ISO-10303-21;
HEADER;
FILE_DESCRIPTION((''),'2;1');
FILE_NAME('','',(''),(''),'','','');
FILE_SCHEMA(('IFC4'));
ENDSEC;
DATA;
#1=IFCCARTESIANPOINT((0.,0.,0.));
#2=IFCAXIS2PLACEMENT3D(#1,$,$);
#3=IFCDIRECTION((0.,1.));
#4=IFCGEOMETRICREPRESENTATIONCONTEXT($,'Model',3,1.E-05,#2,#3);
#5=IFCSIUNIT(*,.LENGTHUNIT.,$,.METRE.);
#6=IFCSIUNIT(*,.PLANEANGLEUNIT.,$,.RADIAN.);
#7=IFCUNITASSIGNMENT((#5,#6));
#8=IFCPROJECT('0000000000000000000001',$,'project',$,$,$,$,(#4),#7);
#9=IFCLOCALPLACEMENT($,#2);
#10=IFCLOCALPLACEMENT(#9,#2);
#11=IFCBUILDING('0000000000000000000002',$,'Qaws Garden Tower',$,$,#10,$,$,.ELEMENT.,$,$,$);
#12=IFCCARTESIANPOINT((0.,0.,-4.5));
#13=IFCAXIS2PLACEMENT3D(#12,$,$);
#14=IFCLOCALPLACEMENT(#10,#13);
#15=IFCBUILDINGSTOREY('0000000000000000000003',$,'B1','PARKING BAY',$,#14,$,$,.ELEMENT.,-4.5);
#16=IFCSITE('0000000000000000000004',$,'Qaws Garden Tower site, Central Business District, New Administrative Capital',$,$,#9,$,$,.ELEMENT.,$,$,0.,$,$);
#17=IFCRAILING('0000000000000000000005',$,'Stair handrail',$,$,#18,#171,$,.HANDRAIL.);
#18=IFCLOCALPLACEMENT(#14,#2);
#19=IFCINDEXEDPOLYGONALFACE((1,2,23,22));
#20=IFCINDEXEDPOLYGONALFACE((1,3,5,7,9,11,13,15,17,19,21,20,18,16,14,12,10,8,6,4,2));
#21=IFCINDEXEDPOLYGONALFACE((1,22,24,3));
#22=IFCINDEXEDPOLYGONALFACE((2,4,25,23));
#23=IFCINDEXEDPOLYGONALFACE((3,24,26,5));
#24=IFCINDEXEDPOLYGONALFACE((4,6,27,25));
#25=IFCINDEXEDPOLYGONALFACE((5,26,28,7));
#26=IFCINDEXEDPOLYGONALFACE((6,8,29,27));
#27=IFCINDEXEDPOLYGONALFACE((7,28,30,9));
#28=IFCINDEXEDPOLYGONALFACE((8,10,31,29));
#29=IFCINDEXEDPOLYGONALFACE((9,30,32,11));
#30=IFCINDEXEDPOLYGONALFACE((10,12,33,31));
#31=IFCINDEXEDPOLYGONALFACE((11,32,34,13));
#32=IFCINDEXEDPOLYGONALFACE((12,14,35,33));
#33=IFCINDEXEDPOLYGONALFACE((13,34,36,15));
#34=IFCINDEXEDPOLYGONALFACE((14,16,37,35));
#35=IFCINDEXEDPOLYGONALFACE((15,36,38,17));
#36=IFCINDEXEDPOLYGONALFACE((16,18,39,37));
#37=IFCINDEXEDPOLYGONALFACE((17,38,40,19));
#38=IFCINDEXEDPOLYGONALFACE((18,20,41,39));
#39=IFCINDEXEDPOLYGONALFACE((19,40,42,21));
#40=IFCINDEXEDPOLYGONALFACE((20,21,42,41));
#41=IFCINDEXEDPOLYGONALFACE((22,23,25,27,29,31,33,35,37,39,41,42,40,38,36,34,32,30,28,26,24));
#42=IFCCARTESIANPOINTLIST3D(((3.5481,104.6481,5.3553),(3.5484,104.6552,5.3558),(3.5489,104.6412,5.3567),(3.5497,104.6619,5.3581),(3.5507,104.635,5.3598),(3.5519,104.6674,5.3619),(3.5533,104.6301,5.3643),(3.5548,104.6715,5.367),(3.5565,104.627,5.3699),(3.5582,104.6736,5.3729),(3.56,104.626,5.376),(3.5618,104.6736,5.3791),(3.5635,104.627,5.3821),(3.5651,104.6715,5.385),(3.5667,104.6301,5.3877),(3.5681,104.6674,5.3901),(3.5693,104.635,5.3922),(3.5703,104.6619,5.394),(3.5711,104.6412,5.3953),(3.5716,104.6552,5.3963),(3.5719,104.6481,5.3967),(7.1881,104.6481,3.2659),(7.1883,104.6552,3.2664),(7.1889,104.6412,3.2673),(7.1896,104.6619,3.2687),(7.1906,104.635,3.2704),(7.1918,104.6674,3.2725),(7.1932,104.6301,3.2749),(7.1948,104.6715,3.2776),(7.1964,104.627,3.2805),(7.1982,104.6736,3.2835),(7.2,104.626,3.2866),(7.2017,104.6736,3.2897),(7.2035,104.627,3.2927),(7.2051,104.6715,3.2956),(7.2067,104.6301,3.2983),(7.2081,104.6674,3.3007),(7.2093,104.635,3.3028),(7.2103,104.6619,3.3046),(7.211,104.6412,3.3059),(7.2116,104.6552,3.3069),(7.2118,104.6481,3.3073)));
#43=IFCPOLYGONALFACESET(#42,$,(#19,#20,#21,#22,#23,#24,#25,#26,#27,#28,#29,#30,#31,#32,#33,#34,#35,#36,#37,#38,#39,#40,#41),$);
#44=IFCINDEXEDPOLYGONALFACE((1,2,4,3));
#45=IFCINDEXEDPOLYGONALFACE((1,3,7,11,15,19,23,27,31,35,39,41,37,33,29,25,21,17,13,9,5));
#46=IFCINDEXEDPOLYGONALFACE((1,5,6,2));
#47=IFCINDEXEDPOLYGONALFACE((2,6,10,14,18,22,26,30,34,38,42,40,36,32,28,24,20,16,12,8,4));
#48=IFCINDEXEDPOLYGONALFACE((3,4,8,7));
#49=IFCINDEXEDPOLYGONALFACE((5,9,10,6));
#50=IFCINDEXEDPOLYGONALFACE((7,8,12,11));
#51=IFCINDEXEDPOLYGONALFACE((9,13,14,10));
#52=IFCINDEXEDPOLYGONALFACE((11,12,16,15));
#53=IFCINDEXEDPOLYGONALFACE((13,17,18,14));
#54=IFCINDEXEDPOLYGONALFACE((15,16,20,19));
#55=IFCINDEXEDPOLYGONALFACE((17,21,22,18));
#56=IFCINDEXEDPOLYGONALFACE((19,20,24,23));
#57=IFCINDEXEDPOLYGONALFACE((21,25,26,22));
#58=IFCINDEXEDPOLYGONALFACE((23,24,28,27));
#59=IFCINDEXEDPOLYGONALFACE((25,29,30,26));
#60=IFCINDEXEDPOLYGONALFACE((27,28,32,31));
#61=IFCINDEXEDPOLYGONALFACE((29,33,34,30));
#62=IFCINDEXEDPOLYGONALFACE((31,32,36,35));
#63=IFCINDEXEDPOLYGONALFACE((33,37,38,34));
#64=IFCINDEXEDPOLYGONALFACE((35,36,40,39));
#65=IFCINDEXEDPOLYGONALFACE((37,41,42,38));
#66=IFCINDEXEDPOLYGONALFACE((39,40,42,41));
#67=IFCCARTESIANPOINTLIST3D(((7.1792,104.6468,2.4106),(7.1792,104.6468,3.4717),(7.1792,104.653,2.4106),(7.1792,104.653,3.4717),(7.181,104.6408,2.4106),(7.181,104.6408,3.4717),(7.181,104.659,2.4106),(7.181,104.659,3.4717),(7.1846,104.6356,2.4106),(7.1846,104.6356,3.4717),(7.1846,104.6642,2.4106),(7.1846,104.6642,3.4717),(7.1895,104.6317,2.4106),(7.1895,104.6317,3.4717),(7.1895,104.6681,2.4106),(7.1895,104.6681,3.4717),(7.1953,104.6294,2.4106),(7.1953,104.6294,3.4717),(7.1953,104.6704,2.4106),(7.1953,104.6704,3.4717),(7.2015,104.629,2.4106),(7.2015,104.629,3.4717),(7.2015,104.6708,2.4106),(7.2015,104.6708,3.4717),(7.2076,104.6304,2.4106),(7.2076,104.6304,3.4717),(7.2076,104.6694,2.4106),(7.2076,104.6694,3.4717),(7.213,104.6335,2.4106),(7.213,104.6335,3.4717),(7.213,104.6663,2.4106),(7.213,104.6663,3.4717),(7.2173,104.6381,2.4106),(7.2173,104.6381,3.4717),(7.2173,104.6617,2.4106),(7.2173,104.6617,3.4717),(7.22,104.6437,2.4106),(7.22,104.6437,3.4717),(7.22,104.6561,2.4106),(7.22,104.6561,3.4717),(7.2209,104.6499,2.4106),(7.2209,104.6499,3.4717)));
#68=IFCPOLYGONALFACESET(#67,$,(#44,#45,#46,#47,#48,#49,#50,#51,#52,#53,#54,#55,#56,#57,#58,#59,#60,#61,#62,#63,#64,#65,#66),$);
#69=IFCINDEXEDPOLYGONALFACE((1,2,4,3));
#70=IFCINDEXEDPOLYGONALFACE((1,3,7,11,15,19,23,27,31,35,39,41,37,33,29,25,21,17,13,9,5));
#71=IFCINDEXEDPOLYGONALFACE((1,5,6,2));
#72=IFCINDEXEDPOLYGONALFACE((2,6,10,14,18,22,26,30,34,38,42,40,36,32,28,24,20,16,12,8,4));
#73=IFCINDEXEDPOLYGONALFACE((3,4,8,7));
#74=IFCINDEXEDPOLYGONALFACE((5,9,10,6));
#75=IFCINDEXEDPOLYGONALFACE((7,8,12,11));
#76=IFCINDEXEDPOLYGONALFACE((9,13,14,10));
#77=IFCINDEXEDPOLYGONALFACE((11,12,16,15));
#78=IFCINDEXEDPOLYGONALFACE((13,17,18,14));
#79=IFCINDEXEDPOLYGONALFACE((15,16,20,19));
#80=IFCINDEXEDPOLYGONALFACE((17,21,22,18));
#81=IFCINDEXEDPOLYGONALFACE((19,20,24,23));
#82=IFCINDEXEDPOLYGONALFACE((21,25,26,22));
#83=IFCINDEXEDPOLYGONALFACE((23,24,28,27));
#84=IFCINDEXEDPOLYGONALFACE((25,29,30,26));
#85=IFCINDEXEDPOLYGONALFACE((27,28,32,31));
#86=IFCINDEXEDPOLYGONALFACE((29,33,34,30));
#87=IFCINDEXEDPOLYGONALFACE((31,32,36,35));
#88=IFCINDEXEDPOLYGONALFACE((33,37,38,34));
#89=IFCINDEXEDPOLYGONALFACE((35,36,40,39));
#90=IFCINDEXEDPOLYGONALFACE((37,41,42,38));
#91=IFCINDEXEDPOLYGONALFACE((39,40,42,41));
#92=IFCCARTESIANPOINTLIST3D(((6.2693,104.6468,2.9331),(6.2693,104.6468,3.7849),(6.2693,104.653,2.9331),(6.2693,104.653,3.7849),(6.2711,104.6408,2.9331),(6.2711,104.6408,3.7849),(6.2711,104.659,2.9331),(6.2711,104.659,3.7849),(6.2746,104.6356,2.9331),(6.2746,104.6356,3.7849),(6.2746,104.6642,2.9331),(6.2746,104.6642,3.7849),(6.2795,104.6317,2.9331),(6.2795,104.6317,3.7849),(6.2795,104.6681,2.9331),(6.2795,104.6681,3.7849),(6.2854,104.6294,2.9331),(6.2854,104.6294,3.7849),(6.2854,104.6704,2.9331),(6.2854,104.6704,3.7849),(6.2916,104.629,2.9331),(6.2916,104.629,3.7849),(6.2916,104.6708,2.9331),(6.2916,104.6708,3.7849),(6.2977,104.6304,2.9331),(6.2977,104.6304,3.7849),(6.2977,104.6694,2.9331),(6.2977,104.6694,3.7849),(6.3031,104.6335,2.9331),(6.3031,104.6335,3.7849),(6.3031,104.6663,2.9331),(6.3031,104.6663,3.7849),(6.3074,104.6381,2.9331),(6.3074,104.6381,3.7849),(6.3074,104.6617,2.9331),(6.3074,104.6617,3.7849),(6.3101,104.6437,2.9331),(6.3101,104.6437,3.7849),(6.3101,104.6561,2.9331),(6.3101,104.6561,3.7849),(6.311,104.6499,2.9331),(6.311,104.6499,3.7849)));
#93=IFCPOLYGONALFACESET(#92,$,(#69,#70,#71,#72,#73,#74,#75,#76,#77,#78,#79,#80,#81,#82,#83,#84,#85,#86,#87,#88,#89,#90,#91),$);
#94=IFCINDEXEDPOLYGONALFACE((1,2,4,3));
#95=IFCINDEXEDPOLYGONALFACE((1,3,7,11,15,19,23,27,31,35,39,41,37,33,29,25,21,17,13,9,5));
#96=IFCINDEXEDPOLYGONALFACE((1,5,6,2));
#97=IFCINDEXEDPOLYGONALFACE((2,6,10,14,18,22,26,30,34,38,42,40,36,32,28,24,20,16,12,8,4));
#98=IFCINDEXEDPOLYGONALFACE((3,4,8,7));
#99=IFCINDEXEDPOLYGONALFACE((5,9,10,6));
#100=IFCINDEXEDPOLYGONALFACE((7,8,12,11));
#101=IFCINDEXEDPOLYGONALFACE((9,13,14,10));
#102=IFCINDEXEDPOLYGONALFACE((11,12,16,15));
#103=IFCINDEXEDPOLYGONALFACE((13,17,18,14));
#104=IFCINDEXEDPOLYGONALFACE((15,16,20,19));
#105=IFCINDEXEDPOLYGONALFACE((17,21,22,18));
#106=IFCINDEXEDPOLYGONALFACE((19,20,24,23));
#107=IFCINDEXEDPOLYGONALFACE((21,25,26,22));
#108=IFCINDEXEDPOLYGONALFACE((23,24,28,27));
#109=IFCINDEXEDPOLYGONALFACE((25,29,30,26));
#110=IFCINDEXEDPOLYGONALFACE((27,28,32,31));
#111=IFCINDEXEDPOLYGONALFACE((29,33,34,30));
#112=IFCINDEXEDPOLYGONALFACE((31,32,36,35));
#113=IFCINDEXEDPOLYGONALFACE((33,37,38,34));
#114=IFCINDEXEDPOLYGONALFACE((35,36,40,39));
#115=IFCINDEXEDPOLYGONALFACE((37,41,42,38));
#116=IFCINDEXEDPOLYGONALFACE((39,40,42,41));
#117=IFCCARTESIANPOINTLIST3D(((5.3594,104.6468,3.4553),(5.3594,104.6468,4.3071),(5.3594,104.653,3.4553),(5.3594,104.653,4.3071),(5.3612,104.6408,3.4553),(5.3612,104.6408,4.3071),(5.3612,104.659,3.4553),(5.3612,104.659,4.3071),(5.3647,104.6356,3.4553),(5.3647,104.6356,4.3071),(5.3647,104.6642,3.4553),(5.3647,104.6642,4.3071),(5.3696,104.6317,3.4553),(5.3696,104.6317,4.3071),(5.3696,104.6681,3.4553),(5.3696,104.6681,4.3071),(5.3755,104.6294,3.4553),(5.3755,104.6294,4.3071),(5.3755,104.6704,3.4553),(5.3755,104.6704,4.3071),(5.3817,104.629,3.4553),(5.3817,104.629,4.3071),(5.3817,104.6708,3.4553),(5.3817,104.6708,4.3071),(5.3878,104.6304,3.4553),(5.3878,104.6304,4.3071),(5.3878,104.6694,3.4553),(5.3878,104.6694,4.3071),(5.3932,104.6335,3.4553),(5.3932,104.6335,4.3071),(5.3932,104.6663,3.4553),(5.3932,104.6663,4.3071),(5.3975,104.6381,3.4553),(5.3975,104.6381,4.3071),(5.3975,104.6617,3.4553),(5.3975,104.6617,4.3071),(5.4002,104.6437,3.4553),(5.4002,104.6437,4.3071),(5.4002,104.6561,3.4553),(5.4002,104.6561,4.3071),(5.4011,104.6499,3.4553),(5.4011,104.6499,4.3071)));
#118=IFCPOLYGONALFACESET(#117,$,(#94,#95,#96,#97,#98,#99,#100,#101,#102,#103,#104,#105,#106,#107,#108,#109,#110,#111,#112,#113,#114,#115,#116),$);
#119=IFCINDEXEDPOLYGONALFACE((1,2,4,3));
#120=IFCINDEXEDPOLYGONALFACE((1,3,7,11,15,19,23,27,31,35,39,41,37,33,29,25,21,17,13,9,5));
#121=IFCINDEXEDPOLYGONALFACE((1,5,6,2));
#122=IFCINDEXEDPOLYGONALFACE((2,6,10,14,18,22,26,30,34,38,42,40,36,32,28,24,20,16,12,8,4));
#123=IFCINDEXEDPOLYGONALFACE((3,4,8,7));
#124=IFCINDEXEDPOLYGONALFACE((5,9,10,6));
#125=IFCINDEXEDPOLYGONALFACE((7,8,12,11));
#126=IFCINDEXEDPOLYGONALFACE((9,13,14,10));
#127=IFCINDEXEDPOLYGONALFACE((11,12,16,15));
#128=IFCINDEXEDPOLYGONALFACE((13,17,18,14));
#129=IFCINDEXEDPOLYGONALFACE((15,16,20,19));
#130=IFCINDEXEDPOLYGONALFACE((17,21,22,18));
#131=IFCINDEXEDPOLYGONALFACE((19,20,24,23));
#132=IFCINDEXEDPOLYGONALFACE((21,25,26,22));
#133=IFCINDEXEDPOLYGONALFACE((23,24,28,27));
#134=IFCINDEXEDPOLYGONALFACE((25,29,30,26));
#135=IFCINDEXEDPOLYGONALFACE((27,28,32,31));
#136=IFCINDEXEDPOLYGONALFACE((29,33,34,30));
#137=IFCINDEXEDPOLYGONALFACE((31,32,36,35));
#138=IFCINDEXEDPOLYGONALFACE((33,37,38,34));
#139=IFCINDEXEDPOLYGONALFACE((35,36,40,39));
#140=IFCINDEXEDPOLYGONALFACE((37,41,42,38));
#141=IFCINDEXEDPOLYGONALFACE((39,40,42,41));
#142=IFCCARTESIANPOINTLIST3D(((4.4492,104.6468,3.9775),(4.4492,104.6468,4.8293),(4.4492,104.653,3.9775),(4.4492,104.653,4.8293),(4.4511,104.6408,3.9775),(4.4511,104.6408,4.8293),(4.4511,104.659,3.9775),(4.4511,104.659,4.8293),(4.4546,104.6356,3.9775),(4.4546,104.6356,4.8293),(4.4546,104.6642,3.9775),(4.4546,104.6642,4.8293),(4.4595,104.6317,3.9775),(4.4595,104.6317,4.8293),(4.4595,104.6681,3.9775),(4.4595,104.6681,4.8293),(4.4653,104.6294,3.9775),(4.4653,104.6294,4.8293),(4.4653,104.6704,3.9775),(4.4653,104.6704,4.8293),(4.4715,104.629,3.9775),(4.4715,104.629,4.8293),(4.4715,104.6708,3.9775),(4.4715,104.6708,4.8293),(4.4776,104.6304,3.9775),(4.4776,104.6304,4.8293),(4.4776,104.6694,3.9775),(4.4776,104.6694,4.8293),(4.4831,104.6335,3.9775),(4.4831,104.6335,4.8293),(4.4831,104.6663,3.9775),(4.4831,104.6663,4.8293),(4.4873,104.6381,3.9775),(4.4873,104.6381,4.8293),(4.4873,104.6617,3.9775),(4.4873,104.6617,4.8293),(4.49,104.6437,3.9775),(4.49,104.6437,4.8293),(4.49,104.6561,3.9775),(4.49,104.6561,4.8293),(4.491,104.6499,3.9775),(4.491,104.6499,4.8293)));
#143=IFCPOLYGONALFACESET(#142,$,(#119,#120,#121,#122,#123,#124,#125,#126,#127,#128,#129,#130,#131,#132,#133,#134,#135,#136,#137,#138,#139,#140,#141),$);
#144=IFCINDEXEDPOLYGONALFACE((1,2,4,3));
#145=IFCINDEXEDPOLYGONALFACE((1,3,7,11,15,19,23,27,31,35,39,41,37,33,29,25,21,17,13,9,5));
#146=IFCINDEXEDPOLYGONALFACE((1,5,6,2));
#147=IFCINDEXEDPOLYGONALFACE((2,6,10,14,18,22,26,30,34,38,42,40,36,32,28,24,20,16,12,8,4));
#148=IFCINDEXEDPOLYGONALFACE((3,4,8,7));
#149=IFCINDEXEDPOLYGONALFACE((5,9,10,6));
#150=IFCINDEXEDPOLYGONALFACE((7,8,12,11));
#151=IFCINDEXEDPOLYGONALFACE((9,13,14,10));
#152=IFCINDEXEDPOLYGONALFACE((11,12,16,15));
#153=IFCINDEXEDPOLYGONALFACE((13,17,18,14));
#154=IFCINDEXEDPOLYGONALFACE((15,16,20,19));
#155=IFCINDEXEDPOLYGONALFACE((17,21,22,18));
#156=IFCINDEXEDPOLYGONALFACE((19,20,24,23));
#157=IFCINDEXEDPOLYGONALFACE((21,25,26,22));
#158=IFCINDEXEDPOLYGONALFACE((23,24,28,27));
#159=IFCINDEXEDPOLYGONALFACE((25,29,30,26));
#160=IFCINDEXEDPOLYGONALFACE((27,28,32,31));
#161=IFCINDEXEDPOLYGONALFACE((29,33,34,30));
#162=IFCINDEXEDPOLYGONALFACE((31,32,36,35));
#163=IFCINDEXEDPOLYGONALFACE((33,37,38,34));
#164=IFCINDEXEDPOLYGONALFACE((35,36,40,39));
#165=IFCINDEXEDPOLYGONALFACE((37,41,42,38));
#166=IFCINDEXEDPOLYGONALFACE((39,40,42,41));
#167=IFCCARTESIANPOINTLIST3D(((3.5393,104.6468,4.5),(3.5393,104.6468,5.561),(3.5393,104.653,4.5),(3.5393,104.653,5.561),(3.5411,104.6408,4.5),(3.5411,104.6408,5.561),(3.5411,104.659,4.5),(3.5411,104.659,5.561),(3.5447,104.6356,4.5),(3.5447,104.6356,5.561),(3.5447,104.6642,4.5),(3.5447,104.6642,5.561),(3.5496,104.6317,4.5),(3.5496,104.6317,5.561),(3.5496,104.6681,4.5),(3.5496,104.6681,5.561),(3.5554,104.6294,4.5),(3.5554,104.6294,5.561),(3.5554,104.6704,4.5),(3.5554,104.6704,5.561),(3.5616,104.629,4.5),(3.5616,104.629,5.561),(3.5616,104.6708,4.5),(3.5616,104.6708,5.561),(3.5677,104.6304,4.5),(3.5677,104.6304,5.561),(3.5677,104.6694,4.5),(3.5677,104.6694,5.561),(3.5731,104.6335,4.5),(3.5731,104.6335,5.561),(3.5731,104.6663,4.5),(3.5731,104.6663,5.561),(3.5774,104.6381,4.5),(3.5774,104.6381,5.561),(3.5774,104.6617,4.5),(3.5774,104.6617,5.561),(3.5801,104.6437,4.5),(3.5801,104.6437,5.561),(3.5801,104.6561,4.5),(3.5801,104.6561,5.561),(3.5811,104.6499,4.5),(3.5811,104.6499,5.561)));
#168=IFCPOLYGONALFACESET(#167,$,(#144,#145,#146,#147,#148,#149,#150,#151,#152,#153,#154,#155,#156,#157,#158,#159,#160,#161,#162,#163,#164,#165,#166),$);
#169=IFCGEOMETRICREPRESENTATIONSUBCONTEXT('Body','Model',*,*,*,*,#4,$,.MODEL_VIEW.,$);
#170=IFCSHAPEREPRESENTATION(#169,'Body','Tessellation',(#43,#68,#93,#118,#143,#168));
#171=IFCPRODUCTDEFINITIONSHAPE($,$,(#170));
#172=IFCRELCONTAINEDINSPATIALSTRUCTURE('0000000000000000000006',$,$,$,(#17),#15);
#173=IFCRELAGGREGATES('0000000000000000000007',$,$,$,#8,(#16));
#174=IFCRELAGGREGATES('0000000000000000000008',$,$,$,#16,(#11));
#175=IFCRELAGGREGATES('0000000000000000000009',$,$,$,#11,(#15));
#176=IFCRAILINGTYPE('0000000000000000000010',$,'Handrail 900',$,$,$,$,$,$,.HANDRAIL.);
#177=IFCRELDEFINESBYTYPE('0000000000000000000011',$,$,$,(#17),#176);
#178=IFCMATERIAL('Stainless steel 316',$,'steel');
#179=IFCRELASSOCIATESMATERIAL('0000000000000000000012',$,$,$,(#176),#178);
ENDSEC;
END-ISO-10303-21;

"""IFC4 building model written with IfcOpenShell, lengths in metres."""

from ifc_helpers import new_model, si_unit, direction, frame, origin, origin_2d, place, context, subcontext, project, spatial, circle, extrude, material, type_object, element, save


model = new_model("IFC4")

# Units and contexts
model_context = context("Model", 3, precision=1e-05, world=origin(), true_north=direction((0.0, 1.0)))
body_context = subcontext(model_context, "Body", "Model", "MODEL_VIEW")
ifc_project = project(units=[si_unit("LENGTHUNIT", "METRE"), si_unit("PLANEANGLEUNIT", "RADIAN")], contexts=[model_context])

# Site, building, storey
site_placement = place(None, origin())
site = spatial("IfcSite", under=ifc_project, at=site_placement, Name="Qaws Garden Tower site, Central Business District, New Administrative Capital", CompositionType="ELEMENT", RefElevation=0.0)
building_placement = place(site_placement, origin())
building = spatial("IfcBuilding", under=site, at=building_placement, Name="Qaws Garden Tower", CompositionType="ELEMENT")
storey_placement = place(building_placement, frame((0.0, 0.0, -4.5)))
storey = spatial("IfcBuildingStorey", under=building, at=storey_placement, Name="B1", Description="PARKING BAY", CompositionType="ELEMENT", Elevation=-4.5)

# Railing
ifc_material_1 = material(Name="Stainless steel 316", Category="steel")
railing_type_1 = type_object("IfcRailingType", Name="Handrail 900", PredefinedType="HANDRAIL", material=ifc_material_1)
for number, where, name in (
    (1, (7.2, 104.6499, 2.4106), "Stair handrail"),
):
    element("IfcRailing", number, at=place(storey_placement, frame(where)), inside=storey, type_object=railing_type_1, Name=name, PredefinedType="HANDRAIL", context=body_context, shape_type="SweptSolid", body=[
        extrude(circle(Radius=0.0239, at=origin_2d()), frame((0.0, 0.0, 0.876), z_axis=(-0.867275, 0.0, 0.497829), x_axis=(0.0, -1.0, 0.0)), (0.0, 0.0, 1.0), 4.197),
        extrude(circle(Radius=0.021, at=origin_2d()), origin(), (0.0, 0.0, 1.0), 1.061),
        extrude(circle(Radius=0.021, at=origin_2d()), frame((-0.9099, 0.0, 0.5225)), (0.0, 0.0, 1.0), 0.8518),
        extrude(circle(Radius=0.021, at=origin_2d()), frame((-1.8198, 0.0, 1.0447)), (0.0, 0.0, 1.0), 0.8518),
        extrude(circle(Radius=0.021, at=origin_2d()), frame((-2.73, 0.0, 1.5669)), (0.0, 0.0, 1.0), 0.8518),
        extrude(circle(Radius=0.021, at=origin_2d()), frame((-3.6399, 0.0, 2.0894)), (0.0, 0.0, 1.0), 1.061),
    ])

save(model, "model.ifc")
